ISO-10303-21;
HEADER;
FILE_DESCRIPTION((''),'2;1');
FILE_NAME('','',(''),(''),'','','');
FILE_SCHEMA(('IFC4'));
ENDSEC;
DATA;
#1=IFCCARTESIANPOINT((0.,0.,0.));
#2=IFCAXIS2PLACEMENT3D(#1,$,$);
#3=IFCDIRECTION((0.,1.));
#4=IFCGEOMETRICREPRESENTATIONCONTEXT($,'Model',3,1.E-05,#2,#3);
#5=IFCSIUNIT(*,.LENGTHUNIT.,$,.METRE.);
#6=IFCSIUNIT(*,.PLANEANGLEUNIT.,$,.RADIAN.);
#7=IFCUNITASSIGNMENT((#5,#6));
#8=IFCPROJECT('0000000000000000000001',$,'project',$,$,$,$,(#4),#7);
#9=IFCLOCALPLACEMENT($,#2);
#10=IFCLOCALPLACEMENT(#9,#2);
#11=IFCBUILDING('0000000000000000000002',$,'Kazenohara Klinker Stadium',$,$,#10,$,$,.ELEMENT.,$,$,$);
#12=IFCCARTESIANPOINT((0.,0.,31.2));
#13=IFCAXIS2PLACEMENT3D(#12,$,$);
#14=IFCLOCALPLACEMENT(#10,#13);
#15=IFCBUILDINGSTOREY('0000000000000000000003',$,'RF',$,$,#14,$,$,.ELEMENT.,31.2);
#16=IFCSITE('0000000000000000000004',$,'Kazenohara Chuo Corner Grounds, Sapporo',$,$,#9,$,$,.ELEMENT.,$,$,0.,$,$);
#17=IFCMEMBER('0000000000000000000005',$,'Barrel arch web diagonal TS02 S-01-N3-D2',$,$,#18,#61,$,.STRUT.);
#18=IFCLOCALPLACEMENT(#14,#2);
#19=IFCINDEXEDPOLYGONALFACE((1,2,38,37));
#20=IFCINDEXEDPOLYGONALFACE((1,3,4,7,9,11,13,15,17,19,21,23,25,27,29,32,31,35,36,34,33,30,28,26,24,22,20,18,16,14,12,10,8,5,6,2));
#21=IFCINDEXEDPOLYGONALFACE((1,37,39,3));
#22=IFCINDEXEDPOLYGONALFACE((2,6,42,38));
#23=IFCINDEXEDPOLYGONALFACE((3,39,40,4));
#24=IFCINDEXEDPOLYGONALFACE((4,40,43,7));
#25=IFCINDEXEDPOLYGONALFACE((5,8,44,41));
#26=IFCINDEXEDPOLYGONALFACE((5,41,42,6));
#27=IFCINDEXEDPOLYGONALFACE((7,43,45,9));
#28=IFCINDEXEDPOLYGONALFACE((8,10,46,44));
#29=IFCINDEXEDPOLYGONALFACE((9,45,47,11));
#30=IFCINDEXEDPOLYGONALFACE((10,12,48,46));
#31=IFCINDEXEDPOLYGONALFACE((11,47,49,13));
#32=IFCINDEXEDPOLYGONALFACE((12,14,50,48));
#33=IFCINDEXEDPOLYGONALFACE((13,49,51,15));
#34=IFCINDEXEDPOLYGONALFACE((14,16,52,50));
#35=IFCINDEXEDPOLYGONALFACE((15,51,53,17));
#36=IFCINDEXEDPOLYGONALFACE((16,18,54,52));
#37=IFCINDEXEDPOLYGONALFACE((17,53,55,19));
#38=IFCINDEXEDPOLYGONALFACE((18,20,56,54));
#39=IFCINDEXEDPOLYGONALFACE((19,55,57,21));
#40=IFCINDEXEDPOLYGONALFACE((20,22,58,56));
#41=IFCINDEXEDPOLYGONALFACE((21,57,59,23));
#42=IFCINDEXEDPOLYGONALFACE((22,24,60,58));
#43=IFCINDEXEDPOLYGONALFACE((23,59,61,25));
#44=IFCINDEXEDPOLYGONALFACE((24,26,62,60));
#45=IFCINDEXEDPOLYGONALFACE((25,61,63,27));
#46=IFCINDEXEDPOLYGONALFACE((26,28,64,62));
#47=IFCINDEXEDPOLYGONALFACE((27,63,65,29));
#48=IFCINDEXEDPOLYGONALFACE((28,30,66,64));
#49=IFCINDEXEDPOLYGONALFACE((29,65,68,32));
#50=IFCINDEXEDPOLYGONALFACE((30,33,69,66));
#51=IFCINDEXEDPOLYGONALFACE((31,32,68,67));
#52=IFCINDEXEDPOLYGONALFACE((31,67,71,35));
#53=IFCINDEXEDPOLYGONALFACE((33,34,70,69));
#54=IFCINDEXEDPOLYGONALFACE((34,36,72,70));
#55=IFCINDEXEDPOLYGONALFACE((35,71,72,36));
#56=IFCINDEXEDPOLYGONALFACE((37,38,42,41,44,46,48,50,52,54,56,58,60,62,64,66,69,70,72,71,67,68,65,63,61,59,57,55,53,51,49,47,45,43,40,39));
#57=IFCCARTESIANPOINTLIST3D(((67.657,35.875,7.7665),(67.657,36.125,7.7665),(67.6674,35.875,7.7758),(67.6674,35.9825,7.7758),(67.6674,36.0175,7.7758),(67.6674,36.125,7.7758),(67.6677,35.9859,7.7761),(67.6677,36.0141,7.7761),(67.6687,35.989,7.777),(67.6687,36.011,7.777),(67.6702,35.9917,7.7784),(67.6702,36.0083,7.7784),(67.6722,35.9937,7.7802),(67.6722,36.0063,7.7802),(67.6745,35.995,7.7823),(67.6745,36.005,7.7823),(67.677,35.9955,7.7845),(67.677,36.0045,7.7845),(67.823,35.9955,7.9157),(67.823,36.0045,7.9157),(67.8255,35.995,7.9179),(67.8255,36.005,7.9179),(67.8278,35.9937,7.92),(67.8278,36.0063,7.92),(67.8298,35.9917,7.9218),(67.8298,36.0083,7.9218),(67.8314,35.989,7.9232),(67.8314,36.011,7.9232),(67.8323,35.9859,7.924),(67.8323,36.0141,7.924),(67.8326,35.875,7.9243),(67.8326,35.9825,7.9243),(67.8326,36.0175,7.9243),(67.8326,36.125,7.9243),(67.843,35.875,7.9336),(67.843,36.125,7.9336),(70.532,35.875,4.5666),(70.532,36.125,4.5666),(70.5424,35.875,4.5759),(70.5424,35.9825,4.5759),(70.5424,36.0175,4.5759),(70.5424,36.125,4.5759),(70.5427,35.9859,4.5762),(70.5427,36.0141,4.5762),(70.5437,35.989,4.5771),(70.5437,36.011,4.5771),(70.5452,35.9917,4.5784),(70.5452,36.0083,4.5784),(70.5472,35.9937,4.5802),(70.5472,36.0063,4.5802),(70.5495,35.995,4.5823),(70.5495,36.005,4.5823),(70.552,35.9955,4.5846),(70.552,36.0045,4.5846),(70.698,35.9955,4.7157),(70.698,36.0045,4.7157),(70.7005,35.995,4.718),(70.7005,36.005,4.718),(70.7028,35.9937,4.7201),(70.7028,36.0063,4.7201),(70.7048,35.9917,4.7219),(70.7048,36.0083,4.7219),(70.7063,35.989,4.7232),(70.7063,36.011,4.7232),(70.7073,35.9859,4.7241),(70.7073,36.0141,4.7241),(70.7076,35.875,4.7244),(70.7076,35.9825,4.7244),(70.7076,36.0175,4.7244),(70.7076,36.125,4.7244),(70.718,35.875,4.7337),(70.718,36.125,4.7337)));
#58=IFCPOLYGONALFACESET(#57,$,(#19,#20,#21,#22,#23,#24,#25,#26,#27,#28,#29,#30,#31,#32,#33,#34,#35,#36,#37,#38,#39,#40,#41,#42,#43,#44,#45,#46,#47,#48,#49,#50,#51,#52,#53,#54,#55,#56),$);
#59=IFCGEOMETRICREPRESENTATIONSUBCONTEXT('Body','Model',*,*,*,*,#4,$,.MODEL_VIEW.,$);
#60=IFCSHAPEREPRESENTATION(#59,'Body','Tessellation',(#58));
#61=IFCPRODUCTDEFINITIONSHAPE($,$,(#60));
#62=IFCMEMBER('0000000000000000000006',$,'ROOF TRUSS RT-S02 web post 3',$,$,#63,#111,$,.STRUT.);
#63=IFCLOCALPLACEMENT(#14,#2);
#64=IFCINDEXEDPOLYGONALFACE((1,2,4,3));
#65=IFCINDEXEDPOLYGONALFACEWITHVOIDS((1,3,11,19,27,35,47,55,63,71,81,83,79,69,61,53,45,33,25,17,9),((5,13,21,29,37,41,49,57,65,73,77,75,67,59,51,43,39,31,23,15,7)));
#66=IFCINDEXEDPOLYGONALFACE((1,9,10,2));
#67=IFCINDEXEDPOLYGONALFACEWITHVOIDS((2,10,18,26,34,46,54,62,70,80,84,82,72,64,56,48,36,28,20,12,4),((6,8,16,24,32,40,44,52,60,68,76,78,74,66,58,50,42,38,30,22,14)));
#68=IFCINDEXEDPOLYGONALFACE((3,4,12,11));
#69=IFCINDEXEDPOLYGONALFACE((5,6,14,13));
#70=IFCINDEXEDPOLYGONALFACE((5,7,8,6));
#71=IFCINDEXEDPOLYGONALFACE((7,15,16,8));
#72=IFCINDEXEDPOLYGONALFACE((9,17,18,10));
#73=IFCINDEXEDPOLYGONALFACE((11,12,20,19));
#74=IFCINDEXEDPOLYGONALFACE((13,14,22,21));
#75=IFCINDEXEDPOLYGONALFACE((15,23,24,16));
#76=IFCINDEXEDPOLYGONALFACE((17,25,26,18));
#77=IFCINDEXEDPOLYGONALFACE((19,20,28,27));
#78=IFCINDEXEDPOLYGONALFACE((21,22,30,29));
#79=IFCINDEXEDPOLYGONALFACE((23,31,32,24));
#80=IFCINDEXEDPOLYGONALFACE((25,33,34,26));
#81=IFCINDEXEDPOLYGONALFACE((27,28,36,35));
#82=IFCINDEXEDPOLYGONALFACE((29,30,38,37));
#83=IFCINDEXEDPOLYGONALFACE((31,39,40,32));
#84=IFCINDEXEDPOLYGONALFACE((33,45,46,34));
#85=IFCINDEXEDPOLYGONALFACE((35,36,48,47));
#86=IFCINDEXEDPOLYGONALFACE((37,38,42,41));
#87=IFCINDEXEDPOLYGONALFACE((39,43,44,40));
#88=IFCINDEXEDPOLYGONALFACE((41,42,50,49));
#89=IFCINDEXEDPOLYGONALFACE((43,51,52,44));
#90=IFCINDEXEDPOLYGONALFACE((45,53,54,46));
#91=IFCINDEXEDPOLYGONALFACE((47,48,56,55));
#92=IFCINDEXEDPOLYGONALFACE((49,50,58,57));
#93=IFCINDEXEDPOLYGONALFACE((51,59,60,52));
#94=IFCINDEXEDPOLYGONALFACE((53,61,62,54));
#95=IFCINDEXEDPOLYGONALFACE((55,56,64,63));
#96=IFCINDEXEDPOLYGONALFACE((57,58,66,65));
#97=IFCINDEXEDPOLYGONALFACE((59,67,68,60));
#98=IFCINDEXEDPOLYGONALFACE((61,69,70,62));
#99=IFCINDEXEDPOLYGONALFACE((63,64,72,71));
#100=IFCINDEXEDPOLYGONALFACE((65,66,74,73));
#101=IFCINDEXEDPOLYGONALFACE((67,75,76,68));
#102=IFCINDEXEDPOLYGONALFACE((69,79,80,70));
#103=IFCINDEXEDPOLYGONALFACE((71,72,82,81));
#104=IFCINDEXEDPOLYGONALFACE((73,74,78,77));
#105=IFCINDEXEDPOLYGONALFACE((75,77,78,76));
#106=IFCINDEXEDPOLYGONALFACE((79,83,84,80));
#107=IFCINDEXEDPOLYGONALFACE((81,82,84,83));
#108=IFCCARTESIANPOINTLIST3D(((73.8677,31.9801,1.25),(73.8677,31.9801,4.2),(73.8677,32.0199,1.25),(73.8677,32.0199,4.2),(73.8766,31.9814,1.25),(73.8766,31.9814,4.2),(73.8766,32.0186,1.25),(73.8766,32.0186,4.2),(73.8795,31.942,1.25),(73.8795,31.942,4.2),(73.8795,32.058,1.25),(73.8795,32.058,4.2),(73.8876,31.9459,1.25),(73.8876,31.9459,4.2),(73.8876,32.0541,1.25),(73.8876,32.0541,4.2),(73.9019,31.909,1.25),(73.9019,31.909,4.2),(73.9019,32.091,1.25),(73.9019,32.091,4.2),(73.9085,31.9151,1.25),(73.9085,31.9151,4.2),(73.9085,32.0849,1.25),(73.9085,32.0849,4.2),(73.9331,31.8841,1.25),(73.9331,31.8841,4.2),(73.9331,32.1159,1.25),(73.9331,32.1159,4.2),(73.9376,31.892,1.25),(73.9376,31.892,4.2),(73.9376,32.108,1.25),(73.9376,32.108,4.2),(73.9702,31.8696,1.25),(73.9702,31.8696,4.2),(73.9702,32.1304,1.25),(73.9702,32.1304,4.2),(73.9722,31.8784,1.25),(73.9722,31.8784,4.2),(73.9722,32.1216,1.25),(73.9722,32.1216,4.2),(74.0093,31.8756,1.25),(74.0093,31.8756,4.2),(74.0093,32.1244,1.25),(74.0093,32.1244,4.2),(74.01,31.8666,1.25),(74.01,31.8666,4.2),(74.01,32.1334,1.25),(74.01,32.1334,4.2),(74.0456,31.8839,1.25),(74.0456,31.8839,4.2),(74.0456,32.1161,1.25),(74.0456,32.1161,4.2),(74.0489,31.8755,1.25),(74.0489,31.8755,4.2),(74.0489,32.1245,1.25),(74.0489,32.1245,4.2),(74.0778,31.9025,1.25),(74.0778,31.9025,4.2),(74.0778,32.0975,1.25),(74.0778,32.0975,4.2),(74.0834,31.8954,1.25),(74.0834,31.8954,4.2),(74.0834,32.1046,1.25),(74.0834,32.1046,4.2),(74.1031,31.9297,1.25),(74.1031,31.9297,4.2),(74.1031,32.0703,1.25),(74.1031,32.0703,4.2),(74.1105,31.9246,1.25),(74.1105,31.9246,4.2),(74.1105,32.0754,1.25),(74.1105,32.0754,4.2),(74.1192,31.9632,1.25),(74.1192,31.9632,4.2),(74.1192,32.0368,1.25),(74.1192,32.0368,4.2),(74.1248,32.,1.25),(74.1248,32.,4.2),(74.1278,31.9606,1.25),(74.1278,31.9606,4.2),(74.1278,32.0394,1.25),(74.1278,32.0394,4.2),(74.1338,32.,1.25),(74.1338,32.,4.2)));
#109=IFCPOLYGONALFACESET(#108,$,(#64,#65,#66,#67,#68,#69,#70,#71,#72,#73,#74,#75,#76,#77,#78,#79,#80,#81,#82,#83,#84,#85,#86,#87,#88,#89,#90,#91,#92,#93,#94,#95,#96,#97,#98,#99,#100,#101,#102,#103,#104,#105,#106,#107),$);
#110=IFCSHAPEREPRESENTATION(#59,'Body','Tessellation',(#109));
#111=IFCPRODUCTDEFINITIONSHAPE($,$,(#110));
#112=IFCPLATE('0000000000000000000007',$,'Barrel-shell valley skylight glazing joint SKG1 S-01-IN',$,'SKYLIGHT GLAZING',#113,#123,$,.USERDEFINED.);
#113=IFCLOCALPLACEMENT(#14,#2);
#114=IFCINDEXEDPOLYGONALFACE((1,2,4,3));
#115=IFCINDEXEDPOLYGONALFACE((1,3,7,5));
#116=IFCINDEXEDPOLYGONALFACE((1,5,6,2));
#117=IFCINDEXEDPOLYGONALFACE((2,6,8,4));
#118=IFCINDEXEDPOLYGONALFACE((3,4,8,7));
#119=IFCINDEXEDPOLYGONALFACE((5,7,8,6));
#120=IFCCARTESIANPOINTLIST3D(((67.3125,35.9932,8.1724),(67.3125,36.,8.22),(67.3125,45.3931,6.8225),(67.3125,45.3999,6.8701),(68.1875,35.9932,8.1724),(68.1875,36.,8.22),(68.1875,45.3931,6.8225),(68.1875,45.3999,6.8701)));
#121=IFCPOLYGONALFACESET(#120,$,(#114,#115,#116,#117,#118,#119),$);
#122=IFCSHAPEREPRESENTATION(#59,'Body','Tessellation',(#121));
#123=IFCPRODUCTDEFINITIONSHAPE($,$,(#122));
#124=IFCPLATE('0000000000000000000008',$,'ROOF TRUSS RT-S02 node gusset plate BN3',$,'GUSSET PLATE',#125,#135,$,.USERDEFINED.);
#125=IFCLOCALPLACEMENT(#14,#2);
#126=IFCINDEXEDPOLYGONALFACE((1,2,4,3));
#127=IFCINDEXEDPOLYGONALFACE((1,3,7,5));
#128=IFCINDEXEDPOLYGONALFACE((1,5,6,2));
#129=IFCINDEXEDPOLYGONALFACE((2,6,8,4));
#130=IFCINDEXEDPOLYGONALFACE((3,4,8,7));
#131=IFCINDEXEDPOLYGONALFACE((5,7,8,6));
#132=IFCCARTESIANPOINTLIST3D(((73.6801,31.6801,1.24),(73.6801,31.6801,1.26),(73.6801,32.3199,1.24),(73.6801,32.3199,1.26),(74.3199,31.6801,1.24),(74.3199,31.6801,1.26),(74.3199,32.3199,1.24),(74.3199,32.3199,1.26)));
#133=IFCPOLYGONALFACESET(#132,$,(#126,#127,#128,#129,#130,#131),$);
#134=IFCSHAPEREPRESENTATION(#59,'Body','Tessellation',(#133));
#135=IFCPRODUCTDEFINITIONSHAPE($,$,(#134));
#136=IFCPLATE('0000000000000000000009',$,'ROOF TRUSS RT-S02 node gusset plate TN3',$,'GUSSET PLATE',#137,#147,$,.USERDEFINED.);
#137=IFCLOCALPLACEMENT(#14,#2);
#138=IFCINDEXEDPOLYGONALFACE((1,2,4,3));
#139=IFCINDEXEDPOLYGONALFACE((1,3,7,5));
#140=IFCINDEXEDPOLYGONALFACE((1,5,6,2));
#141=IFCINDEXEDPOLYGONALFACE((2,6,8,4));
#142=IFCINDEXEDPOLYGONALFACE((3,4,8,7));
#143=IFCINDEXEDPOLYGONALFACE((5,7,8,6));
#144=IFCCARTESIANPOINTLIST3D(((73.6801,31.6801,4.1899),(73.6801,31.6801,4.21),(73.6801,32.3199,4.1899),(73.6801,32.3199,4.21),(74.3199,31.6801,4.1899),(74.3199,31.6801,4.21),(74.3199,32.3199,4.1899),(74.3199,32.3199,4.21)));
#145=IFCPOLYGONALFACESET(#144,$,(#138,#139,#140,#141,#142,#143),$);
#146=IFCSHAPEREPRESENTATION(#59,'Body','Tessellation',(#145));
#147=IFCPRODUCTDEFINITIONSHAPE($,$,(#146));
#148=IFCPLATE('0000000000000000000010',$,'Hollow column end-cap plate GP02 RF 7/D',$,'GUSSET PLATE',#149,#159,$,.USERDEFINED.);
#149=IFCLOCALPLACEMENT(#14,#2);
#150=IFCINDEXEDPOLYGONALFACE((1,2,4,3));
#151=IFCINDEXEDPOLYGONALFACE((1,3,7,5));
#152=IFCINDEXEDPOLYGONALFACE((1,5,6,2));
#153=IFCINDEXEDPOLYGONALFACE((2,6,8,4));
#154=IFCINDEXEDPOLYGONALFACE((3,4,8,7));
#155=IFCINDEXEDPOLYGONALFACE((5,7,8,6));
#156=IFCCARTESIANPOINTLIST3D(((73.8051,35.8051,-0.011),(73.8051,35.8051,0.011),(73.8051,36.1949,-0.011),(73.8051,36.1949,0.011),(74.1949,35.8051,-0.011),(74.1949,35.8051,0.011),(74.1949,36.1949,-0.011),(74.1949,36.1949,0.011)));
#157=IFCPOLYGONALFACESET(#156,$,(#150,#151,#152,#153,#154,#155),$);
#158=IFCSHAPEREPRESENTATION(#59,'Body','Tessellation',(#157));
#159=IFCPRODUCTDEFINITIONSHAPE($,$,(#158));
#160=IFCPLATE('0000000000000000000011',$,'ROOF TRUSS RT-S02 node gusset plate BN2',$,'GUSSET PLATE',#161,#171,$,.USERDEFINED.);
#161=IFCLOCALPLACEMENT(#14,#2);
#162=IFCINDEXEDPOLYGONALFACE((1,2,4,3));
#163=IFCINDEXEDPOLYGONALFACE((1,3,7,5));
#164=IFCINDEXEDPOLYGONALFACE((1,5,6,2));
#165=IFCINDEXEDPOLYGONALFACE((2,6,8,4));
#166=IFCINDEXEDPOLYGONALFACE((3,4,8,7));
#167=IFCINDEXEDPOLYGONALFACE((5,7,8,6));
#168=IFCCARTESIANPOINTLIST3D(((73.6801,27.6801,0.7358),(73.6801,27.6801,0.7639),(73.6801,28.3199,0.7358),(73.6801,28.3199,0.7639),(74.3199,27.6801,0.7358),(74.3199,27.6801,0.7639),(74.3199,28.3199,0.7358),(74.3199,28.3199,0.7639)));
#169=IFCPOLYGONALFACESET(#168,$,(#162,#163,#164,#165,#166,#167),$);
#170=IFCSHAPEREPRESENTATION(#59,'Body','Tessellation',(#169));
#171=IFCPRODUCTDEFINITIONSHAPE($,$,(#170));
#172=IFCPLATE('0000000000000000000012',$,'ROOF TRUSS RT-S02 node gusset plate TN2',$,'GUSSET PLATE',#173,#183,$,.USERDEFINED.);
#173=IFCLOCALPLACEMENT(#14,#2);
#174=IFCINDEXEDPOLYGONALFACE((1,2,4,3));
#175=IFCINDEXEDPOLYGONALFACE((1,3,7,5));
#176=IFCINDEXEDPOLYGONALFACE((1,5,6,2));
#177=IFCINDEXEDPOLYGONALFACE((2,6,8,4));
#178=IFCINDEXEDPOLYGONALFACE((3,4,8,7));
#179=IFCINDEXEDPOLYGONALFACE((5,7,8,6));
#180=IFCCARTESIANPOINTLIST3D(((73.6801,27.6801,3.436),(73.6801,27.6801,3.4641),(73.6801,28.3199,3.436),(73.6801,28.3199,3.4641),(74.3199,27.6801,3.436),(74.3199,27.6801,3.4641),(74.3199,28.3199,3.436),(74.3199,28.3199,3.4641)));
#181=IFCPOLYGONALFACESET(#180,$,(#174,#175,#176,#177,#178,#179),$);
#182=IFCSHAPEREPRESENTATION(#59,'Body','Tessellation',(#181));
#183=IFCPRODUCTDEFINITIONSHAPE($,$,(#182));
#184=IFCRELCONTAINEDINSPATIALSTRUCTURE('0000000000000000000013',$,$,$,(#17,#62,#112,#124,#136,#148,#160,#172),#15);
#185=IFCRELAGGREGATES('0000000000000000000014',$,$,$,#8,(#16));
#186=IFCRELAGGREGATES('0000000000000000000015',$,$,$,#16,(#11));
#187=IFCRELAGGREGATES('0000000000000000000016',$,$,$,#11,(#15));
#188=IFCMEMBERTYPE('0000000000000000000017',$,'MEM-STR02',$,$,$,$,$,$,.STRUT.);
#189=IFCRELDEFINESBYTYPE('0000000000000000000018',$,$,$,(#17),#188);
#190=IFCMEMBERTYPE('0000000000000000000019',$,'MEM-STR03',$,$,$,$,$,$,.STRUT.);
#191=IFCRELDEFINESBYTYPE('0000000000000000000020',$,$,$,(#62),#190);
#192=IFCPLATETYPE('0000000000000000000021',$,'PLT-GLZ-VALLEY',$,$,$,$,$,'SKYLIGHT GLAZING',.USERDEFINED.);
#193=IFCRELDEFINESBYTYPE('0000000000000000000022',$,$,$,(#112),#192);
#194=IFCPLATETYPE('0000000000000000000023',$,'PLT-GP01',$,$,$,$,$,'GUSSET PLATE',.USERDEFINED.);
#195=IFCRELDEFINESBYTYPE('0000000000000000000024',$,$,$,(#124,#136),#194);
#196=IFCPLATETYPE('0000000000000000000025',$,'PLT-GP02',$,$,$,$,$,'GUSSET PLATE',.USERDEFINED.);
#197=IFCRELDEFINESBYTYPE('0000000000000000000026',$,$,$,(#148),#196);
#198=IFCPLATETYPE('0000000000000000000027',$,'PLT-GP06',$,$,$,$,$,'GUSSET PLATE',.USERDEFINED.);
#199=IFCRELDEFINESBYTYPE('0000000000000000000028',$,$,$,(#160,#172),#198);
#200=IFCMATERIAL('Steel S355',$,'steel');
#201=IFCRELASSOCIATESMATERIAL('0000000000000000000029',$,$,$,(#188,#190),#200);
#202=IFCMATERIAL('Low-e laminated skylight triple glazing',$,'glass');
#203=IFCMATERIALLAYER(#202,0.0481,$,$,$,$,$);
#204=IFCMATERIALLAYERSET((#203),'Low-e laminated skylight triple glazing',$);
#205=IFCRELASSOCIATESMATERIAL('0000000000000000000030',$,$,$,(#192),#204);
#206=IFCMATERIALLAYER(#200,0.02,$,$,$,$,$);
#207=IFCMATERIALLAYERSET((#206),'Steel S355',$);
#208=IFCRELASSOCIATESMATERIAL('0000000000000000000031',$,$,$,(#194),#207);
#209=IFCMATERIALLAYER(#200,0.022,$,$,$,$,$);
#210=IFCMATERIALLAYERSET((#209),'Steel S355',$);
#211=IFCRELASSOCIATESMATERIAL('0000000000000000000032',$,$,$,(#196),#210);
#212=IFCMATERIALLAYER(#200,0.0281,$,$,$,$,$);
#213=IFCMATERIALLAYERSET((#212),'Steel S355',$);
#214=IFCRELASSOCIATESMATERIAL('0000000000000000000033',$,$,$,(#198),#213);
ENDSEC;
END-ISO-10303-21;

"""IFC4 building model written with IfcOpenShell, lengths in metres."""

from ifc_helpers import new_model, si_unit, direction, frame, origin, origin_2d, place, context, subcontext, project, spatial, polyline, rectangle, hollow_circle, i_section, outline, extrude, material, layer, layer_set, material_profile, profile_set, type_object, element, save


model = new_model("IFC4")

# Units and contexts
model_context = context("Model", 3, precision=1e-05, world=origin(), true_north=direction((0.0, 1.0)))
body_context = subcontext(model_context, "Body", "Model", "MODEL_VIEW")
ifc_project = project(units=[si_unit("LENGTHUNIT", "METRE"), si_unit("PLANEANGLEUNIT", "RADIAN")], contexts=[model_context])

# Site, building, storey
site_placement = place(None, origin())
site = spatial("IfcSite", under=ifc_project, at=site_placement, Name="Kazenohara Chuo Corner Grounds, Sapporo", CompositionType="ELEMENT", RefElevation=0.0)
building_placement = place(site_placement, origin())
building = spatial("IfcBuilding", under=site, at=building_placement, Name="Kazenohara Klinker Stadium", CompositionType="ELEMENT")
storey_placement = place(building_placement, frame((0.0, 0.0, 31.2)))
storey = spatial("IfcBuildingStorey", under=building, at=storey_placement, Name="RF", CompositionType="ELEMENT", Elevation=31.2)

# Members
ifc_material_1 = material(Name="Steel S355", Category="steel")
ifc_material_profile_1 = material_profile(ifc_material_1, i_section(OverallWidth=0.25, OverallDepth=0.25, WebThickness=0.009, FlangeThickness=0.0139, FilletRadius=0.0129, at=origin_2d()), Name="H-250x250x9x14")
ifc_profile_set_1 = profile_set([ifc_material_profile_1], Name="Steel S355")
member_type_1 = type_object("IfcMemberType", Name="MEM-STR02", PredefinedType="STRUT", material=ifc_profile_set_1)
for number, where, z_axis, x_axis, name in (
    (1, (70.625, 36.0, 4.6501), (-0.668328, 0.0, 0.743867), (0.0, -1.0, 0.0), "Barrel arch web diagonal TS02 S-01-N3-D2"),
):
    element("IfcMember", number, at=place(storey_placement, frame(where, z_axis=z_axis, x_axis=x_axis)), inside=storey, type_object=member_type_1, Name=name, PredefinedType="STRUT", context=body_context, shape_type="SweptSolid", body=[
        extrude(i_section(OverallWidth=0.25, OverallDepth=0.25, WebThickness=0.009, FlangeThickness=0.0139, FilletRadius=0.0129, at=origin_2d()), origin(), (0.0, 0.0, 1.0), 4.3018),
    ])
ifc_material_profile_2 = material_profile(ifc_material_1, hollow_circle(Radius=0.1338, WallThickness=0.009, at=origin_2d()), Name="CHS-267.4x9")
ifc_profile_set_2 = profile_set([ifc_material_profile_2], Name="Steel S355")
member_type_2 = type_object("IfcMemberType", Name="MEM-STR03", PredefinedType="STRUT", material=ifc_profile_set_2)
member_1_placement = place(storey_placement, frame((74.0, 32.0, 1.25), z_axis=(0.0, 0.0, 1.0), x_axis=(1.0, 0.0, 0.0)))
element("IfcMember", 2, at=member_1_placement, inside=storey, type_object=member_type_2, Name="ROOF TRUSS RT-S02 web post 3", PredefinedType="STRUT", context=body_context, shape_type="SweptSolid", body=[
    extrude(hollow_circle(Radius=0.1338, WallThickness=0.009, at=origin_2d()), origin(), (0.0, 0.0, 1.0), 2.95),
])

# Plates
ifc_material_2 = material(Name="Low-e laminated skylight triple glazing", Category="glass")
ifc_layer_1 = layer(ifc_material_2, 0.0481)
ifc_layer_set_1 = layer_set([ifc_layer_1], Name="Low-e laminated skylight triple glazing")
plate_type_1 = type_object("IfcPlateType", Name="PLT-GLZ-VALLEY", ElementType="SKYLIGHT GLAZING", PredefinedType="USERDEFINED", material=ifc_layer_set_1)
plate_1_placement = place(storey_placement, frame((67.3125, 36.0, 8.22), z_axis=(0.0, 0.142145, 0.989846), x_axis=(0.0, 0.989846, -0.142145)))
element("IfcPlate", 3, at=plate_1_placement, inside=storey, type_object=plate_type_1, Name="Barrel-shell valley skylight glazing joint SKG1 S-01-IN", ObjectType="SKYLIGHT GLAZING", PredefinedType="USERDEFINED", context=body_context, shape_type="SweptSolid", body=[
    extrude(outline(polyline([(0.0, 0.0), (9.4963, 0.0), (9.4963, -0.875), (0.0, -0.875), (0.0, 0.0)])), origin(), (0.0, 0.0, -1.0), 0.0481),
])
ifc_layer_2 = layer(ifc_material_1, 0.02)
ifc_layer_set_2 = layer_set([ifc_layer_2], Name="Steel S355")
plate_type_2 = type_object("IfcPlateType", Name="PLT-GP01", ElementType="GUSSET PLATE", PredefinedType="USERDEFINED", material=ifc_layer_set_2)
for number, where, z_axis, x_axis, name in (
    (4, (74.0, 32.0, 1.24), (0.0, 0.0, 1.0), (1.0, 0.0, 0.0), "ROOF TRUSS RT-S02 node gusset plate BN3"),
    (5, (74.0, 32.0, 4.1899), (0.0, 0.0, 1.0), (1.0, 0.0, 0.0), "ROOF TRUSS RT-S02 node gusset plate TN3"),
):
    element("IfcPlate", number, at=place(storey_placement, frame(where, z_axis=z_axis, x_axis=x_axis)), inside=storey, type_object=plate_type_2, Name=name, ObjectType="GUSSET PLATE", PredefinedType="USERDEFINED", context=body_context, shape_type="SweptSolid", body=[
        extrude(rectangle(XDim=0.6399, YDim=0.6399, at=origin_2d()), origin(), (0.0, 0.0, 1.0), 0.02),
    ])
ifc_layer_3 = layer(ifc_material_1, 0.022)
ifc_layer_set_3 = layer_set([ifc_layer_3], Name="Steel S355")
plate_type_3 = type_object("IfcPlateType", Name="PLT-GP02", ElementType="GUSSET PLATE", PredefinedType="USERDEFINED", material=ifc_layer_set_3)
plate_2_placement = place(storey_placement, frame((74.0, 36.0, -0.011), z_axis=(0.0, 0.0, 1.0), x_axis=(1.0, 0.0, 0.0)))
element("IfcPlate", 6, at=plate_2_placement, inside=storey, type_object=plate_type_3, Name="Hollow column end-cap plate GP02 RF 7/D", ObjectType="GUSSET PLATE", PredefinedType="USERDEFINED", context=body_context, shape_type="SweptSolid", body=[
    extrude(rectangle(XDim=0.3899, YDim=0.3899, at=origin_2d()), origin(), (0.0, 0.0, 1.0), 0.022),
])
ifc_layer_4 = layer(ifc_material_1, 0.0281)
ifc_layer_set_4 = layer_set([ifc_layer_4], Name="Steel S355")
plate_type_4 = type_object("IfcPlateType", Name="PLT-GP06", ElementType="GUSSET PLATE", PredefinedType="USERDEFINED", material=ifc_layer_set_4)
for number, where, z_axis, x_axis, name in (
    (7, (74.0, 28.0, 0.7358), (0.0, 0.0, 1.0), (1.0, 0.0, 0.0), "ROOF TRUSS RT-S02 node gusset plate BN2"),
    (8, (74.0, 28.0, 3.436), (0.0, 0.0, 1.0), (1.0, 0.0, 0.0), "ROOF TRUSS RT-S02 node gusset plate TN2"),
):
    element("IfcPlate", number, at=place(storey_placement, frame(where, z_axis=z_axis, x_axis=x_axis)), inside=storey, type_object=plate_type_4, Name=name, ObjectType="GUSSET PLATE", PredefinedType="USERDEFINED", context=body_context, shape_type="SweptSolid", body=[
        extrude(rectangle(XDim=0.6399, YDim=0.6399, at=origin_2d()), origin(), (0.0, 0.0, 1.0), 0.0281),
    ])

save(model, "model.ifc")
